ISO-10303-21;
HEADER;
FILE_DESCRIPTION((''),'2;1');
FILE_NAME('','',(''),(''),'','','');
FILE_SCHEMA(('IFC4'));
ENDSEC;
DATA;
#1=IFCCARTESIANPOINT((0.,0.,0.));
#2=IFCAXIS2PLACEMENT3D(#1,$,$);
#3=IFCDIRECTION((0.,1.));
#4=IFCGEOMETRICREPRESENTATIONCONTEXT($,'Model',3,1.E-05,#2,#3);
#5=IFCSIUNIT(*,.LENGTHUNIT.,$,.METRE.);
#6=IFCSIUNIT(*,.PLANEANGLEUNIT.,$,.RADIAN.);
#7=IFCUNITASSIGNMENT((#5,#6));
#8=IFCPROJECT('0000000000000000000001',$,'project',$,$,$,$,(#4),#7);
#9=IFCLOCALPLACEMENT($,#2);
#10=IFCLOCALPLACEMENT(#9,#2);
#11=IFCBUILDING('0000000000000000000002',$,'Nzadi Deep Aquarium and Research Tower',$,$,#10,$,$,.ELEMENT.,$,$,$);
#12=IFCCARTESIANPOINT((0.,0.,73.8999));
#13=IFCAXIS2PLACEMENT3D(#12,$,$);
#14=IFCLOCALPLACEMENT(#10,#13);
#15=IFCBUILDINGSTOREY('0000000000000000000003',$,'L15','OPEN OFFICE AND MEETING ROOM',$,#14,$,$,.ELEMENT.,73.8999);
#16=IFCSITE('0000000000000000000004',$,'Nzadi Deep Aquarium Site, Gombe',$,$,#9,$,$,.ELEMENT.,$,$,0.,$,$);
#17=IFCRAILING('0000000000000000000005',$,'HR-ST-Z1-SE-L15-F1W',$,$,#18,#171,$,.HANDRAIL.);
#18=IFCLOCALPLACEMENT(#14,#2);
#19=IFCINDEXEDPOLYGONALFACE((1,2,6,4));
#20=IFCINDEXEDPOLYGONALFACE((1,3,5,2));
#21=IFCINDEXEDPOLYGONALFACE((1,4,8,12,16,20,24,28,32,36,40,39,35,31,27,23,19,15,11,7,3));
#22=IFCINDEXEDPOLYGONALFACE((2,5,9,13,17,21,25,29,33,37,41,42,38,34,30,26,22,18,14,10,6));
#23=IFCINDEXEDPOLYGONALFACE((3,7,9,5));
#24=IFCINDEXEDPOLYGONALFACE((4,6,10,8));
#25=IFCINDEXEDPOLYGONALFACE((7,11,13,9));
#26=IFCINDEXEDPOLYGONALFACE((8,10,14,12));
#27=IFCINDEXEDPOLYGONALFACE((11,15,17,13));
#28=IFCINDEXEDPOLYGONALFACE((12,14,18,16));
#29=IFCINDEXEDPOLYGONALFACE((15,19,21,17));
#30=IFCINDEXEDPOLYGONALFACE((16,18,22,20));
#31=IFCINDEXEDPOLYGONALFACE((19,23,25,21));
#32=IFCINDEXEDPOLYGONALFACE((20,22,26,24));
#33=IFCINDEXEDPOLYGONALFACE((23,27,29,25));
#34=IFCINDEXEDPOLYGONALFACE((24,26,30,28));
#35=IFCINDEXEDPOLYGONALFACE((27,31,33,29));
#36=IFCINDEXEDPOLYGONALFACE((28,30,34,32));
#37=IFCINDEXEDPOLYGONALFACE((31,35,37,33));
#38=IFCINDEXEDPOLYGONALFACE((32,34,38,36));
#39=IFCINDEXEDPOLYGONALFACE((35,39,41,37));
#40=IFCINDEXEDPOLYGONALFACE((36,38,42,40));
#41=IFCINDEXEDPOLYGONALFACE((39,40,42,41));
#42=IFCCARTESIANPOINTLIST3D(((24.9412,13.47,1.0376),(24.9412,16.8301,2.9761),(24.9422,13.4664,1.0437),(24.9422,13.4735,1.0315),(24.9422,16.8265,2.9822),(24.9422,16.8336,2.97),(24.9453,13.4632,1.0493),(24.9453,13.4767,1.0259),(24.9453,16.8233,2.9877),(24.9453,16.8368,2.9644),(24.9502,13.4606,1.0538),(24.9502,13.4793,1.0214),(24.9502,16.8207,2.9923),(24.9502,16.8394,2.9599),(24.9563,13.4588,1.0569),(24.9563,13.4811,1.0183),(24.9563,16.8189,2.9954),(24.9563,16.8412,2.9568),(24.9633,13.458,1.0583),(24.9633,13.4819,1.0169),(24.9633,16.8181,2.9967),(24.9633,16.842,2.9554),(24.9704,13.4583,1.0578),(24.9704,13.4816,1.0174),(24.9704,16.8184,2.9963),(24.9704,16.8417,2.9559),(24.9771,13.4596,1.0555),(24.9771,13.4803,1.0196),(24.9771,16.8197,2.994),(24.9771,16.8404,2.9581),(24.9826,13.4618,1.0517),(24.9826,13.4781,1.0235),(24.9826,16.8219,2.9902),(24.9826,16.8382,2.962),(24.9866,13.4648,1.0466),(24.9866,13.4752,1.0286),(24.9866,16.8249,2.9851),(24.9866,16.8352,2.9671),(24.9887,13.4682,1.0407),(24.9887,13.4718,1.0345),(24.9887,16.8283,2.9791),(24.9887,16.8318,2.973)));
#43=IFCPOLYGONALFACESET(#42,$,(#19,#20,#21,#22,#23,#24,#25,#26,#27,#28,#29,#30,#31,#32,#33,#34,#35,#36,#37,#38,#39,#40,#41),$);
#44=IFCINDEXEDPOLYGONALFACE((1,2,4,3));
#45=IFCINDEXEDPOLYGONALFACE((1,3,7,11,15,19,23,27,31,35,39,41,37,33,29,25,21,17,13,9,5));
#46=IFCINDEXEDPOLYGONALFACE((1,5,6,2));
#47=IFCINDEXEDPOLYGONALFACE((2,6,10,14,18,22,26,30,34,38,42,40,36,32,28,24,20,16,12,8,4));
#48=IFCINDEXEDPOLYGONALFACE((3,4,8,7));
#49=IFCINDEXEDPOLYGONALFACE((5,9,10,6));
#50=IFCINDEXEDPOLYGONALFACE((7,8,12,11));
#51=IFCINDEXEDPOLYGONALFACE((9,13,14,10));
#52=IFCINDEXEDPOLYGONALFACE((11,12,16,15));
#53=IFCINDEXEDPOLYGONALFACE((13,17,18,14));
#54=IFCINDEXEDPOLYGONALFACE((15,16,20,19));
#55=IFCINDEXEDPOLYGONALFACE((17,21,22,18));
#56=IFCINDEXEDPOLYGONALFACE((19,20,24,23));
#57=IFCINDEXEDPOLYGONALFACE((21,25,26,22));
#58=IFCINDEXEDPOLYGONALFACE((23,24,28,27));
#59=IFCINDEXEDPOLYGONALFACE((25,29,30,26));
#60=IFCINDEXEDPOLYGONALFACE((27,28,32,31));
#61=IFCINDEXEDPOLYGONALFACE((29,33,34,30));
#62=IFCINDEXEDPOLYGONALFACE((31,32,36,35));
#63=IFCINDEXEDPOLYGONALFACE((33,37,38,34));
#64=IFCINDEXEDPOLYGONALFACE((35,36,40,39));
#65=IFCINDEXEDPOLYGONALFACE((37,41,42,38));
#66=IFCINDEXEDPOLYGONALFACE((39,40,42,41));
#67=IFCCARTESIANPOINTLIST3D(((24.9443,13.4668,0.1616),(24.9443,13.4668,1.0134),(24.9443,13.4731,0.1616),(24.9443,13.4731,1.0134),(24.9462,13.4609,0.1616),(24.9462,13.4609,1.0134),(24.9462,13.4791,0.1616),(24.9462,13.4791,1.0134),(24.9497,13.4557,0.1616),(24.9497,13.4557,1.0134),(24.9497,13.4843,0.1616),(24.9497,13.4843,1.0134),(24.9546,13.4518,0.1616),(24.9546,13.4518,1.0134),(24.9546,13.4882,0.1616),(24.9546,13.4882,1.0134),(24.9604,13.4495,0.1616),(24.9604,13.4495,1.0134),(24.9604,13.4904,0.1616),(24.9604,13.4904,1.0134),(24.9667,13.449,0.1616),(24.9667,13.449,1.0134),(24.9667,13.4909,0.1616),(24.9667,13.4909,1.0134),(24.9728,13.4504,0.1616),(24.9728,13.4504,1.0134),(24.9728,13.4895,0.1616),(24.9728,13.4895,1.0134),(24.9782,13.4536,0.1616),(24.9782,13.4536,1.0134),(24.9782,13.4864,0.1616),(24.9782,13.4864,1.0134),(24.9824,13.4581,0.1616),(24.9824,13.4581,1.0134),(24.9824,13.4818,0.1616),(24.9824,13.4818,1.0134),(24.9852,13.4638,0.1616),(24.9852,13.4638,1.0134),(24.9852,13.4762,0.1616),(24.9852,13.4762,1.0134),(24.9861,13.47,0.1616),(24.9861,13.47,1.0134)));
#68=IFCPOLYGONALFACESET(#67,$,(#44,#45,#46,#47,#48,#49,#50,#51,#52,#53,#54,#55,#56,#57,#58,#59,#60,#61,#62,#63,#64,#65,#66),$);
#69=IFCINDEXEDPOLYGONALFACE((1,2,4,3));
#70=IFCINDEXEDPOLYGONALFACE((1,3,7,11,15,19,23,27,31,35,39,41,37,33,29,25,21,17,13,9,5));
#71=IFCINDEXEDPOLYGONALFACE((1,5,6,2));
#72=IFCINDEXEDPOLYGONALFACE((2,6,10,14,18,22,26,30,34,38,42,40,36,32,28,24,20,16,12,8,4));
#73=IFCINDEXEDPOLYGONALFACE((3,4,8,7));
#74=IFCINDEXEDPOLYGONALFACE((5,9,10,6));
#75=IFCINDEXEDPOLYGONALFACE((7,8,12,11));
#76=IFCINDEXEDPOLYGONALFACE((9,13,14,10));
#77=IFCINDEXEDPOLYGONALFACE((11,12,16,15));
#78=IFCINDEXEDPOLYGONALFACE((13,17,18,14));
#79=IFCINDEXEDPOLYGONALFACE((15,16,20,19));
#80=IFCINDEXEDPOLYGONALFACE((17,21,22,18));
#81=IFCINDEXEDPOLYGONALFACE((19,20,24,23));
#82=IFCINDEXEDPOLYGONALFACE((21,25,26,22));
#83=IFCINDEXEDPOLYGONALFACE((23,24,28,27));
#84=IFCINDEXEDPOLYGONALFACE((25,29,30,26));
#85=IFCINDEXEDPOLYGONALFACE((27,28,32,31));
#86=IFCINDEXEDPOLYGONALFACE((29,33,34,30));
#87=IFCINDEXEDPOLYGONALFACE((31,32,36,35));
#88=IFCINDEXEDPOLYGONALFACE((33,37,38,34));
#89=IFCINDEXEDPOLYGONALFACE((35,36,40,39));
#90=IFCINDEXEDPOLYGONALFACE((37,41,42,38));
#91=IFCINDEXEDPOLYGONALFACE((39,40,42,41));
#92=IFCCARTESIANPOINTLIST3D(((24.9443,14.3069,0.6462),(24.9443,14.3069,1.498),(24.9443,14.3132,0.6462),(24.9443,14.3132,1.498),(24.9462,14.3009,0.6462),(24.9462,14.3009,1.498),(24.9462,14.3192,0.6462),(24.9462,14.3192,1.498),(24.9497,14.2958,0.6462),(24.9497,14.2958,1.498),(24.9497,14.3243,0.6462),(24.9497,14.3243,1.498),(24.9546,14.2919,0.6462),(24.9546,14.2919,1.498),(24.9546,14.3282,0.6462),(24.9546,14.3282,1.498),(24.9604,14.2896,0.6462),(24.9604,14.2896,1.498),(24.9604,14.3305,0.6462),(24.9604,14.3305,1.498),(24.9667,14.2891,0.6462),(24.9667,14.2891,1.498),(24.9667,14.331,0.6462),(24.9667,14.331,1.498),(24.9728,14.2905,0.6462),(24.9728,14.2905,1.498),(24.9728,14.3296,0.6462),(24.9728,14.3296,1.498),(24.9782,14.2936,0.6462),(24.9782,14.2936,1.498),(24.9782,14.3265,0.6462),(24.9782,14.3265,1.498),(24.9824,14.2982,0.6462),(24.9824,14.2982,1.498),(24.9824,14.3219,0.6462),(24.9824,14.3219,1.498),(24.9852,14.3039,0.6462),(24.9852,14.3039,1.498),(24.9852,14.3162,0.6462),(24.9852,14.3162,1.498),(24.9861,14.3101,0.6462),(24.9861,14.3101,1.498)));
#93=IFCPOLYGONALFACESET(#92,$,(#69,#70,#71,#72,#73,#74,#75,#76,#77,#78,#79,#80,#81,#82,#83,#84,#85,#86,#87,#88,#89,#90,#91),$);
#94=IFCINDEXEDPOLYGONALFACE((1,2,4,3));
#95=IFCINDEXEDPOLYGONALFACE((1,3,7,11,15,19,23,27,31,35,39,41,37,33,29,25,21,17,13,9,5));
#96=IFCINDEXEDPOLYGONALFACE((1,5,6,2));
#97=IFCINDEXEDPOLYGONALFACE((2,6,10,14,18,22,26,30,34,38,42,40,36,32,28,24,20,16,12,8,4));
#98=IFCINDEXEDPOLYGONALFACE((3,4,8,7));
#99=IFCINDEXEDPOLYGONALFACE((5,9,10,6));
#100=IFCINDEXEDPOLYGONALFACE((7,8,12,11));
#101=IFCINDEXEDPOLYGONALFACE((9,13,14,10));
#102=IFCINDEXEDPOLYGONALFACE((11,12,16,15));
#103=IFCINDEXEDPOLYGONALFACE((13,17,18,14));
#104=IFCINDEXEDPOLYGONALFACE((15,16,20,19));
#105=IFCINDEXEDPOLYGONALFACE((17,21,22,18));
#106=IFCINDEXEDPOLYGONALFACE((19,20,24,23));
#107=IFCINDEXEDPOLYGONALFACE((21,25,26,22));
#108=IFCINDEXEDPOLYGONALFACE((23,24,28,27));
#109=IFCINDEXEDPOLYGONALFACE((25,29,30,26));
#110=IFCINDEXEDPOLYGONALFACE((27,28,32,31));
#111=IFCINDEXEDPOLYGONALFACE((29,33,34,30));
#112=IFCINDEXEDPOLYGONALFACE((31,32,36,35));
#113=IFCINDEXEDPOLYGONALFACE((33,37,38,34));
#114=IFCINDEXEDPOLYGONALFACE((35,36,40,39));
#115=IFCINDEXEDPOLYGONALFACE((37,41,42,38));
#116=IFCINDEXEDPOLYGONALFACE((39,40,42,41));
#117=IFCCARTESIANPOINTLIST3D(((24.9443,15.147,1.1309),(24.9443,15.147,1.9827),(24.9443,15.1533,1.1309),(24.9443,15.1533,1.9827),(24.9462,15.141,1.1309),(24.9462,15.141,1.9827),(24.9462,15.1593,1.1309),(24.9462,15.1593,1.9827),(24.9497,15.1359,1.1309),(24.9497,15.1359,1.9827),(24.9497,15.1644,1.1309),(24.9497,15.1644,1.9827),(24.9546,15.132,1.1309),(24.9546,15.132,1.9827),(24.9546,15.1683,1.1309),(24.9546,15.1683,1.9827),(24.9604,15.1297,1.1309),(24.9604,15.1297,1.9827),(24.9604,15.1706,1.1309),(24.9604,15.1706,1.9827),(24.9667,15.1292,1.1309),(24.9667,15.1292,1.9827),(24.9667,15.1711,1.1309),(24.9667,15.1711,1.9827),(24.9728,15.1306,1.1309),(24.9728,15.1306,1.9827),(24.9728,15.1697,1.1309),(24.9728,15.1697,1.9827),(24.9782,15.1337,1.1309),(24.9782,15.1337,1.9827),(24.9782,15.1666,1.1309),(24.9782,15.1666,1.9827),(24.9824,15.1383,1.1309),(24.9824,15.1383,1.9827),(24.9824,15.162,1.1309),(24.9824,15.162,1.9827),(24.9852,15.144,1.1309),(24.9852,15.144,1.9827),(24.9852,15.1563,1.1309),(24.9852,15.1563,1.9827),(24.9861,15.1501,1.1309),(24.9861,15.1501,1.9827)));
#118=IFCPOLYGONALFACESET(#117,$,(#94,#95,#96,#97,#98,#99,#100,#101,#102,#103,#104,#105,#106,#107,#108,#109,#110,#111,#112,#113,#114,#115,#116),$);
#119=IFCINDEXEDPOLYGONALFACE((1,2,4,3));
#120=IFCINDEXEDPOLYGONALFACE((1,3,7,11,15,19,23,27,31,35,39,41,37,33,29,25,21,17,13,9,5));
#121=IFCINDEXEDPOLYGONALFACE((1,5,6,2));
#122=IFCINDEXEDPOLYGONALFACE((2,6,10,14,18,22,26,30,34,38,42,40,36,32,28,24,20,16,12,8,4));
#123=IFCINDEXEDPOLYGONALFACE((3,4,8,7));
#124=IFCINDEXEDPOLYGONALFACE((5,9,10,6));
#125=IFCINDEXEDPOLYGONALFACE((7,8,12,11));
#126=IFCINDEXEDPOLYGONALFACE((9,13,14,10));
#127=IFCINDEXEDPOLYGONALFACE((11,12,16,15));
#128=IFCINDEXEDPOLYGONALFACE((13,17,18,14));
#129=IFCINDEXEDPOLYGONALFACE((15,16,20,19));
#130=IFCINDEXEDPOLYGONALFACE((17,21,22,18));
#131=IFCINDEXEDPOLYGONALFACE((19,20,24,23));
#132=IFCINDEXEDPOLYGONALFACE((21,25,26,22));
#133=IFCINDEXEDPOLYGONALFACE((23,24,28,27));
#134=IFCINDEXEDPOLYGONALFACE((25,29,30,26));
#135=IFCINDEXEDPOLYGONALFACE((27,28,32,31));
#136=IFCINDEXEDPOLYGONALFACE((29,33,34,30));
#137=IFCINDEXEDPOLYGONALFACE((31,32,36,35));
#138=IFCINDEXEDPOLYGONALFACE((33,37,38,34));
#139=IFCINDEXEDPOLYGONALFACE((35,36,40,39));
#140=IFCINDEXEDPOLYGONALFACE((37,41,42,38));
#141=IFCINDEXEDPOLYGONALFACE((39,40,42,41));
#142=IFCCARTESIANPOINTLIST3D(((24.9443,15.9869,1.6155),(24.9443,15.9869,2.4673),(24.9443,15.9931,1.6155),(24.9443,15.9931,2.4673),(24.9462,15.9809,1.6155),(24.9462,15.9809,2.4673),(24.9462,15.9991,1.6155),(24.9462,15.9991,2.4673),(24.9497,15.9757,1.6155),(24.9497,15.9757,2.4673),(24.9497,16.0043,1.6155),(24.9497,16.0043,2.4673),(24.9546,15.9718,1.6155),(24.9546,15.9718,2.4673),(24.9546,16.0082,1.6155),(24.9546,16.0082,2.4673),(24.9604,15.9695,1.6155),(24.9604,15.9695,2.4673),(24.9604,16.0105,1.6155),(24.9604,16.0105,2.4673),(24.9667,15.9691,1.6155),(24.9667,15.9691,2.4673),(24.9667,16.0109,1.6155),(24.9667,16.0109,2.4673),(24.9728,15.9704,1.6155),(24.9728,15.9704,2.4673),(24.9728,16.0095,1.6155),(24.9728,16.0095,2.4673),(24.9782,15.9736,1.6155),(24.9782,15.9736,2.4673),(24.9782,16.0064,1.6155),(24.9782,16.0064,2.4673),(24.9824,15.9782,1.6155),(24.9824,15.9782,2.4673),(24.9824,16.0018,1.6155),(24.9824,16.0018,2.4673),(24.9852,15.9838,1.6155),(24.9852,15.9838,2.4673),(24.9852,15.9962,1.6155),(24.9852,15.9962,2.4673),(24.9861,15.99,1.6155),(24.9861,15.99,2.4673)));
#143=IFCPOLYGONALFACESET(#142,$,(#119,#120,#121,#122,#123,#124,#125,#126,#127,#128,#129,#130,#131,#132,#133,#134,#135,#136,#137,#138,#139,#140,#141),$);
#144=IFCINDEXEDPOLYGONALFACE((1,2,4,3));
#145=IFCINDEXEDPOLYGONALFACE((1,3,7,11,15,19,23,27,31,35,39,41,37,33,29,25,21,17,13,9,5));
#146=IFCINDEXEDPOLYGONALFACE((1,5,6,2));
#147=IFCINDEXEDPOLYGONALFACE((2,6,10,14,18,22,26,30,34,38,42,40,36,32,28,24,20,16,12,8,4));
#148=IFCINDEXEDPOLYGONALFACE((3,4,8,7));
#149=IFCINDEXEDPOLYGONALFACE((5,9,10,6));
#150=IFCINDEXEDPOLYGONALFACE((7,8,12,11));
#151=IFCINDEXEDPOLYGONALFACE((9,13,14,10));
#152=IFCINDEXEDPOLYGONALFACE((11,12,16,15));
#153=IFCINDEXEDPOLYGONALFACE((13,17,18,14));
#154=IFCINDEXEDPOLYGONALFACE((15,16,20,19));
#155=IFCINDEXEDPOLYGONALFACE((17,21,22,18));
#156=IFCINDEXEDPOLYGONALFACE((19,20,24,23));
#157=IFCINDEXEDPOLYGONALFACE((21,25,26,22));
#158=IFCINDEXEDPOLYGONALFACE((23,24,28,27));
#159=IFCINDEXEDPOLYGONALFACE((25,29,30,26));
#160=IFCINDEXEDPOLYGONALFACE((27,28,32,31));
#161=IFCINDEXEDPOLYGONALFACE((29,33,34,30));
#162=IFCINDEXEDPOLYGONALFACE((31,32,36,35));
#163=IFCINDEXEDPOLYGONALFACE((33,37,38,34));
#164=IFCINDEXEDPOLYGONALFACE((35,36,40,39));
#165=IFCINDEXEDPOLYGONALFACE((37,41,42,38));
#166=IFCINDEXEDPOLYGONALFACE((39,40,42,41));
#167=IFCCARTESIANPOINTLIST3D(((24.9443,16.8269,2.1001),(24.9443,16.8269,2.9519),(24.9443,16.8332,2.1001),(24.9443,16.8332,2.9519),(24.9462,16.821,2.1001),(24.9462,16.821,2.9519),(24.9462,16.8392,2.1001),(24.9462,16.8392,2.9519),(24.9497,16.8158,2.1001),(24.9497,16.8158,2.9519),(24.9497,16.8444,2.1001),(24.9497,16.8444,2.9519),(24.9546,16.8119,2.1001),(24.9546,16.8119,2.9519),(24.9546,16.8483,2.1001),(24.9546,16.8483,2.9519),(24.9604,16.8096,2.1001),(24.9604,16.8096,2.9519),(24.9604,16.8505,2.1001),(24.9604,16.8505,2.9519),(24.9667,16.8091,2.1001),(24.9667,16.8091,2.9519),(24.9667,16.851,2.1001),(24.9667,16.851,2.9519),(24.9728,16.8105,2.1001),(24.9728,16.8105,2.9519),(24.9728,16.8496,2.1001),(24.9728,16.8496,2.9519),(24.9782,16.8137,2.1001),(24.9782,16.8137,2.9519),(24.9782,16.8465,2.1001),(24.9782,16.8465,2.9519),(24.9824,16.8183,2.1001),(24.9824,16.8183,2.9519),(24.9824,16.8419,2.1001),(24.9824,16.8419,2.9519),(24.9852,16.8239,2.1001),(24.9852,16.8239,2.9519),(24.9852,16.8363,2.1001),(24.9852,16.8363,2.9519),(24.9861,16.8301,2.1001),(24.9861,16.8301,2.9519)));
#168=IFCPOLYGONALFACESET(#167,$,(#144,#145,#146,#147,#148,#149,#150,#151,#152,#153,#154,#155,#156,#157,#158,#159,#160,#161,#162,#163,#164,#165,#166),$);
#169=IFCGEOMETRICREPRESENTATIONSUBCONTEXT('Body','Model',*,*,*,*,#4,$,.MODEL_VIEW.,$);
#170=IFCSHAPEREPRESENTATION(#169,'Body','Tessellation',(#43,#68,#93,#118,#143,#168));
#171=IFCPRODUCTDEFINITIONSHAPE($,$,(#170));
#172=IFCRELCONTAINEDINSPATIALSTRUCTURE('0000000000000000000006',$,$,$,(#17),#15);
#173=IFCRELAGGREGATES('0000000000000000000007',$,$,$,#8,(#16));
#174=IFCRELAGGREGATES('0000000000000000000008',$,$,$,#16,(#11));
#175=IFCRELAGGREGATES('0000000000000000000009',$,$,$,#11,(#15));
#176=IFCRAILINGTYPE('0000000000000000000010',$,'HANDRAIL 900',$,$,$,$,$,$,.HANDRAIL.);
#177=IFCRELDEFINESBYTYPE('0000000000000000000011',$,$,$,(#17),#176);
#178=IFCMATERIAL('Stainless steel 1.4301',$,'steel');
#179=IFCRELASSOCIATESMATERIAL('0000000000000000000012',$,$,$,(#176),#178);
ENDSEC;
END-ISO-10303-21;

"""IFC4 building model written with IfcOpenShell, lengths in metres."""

from ifc_helpers import new_model, si_unit, direction, frame, origin, origin_2d, place, context, subcontext, project, spatial, circle, extrude, material, type_object, element, save


model = new_model("IFC4")

# Units and contexts
model_context = context("Model", 3, precision=1e-05, world=origin(), true_north=direction((0.0, 1.0)))
body_context = subcontext(model_context, "Body", "Model", "MODEL_VIEW")
ifc_project = project(units=[si_unit("LENGTHUNIT", "METRE"), si_unit("PLANEANGLEUNIT", "RADIAN")], contexts=[model_context])

# Site, building, storey
site_placement = place(None, origin())
site = spatial("IfcSite", under=ifc_project, at=site_placement, Name="Nzadi Deep Aquarium Site, Gombe", CompositionType="ELEMENT", RefElevation=0.0)
building_placement = place(site_placement, origin())
building = spatial("IfcBuilding", under=site, at=building_placement, Name="Nzadi Deep Aquarium and Research Tower", CompositionType="ELEMENT")
storey_placement = place(building_placement, frame((0.0, 0.0, 73.8999)))
storey = spatial("IfcBuildingStorey", under=building, at=storey_placement, Name="L15", Description="OPEN OFFICE AND MEETING ROOM", CompositionType="ELEMENT", Elevation=73.8999)

# Railing
ifc_material_1 = material(Name="Stainless steel 1.4301", Category="steel")
railing_type = type_object("IfcRailingType", Name="HANDRAIL 900", PredefinedType="HANDRAIL", material=ifc_material_1)
for number, where, name in (
    (1, (24.9651, 13.47, 0.1616), "HR-ST-Z1-SE-L15-F1W"),
):
    element("IfcRailing", number, at=place(storey_placement, frame(where)), inside=storey, type_object=railing_type, Name=name, PredefinedType="HANDRAIL", context=body_context, shape_type="SweptSolid", body=[
        extrude(circle(Radius=0.0239, at=origin_2d()), frame((0.0, 0.0, 0.876), z_axis=(0.0, 0.866191, 0.499713), x_axis=(-1.0, 0.0, 0.0)), (0.0, 0.0, 1.0), 3.8792),
        extrude(circle(Radius=0.021, at=origin_2d()), origin(), (0.0, 0.0, 1.0), 0.8518),
        extrude(circle(Radius=0.021, at=origin_2d()), frame((0.0, 0.8401, 0.4846)), (0.0, 0.0, 1.0), 0.8518),
        extrude(circle(Radius=0.021, at=origin_2d()), frame((0.0, 1.6802, 0.9692)), (0.0, 0.0, 1.0), 0.8518),
        extrude(circle(Radius=0.021, at=origin_2d()), frame((0.0, 2.52, 1.4539)), (0.0, 0.0, 1.0), 0.8518),
        extrude(circle(Radius=0.021, at=origin_2d()), frame((0.0, 3.3601, 1.9385)), (0.0, 0.0, 1.0), 0.8518),
    ])

save(model, "model.ifc")
